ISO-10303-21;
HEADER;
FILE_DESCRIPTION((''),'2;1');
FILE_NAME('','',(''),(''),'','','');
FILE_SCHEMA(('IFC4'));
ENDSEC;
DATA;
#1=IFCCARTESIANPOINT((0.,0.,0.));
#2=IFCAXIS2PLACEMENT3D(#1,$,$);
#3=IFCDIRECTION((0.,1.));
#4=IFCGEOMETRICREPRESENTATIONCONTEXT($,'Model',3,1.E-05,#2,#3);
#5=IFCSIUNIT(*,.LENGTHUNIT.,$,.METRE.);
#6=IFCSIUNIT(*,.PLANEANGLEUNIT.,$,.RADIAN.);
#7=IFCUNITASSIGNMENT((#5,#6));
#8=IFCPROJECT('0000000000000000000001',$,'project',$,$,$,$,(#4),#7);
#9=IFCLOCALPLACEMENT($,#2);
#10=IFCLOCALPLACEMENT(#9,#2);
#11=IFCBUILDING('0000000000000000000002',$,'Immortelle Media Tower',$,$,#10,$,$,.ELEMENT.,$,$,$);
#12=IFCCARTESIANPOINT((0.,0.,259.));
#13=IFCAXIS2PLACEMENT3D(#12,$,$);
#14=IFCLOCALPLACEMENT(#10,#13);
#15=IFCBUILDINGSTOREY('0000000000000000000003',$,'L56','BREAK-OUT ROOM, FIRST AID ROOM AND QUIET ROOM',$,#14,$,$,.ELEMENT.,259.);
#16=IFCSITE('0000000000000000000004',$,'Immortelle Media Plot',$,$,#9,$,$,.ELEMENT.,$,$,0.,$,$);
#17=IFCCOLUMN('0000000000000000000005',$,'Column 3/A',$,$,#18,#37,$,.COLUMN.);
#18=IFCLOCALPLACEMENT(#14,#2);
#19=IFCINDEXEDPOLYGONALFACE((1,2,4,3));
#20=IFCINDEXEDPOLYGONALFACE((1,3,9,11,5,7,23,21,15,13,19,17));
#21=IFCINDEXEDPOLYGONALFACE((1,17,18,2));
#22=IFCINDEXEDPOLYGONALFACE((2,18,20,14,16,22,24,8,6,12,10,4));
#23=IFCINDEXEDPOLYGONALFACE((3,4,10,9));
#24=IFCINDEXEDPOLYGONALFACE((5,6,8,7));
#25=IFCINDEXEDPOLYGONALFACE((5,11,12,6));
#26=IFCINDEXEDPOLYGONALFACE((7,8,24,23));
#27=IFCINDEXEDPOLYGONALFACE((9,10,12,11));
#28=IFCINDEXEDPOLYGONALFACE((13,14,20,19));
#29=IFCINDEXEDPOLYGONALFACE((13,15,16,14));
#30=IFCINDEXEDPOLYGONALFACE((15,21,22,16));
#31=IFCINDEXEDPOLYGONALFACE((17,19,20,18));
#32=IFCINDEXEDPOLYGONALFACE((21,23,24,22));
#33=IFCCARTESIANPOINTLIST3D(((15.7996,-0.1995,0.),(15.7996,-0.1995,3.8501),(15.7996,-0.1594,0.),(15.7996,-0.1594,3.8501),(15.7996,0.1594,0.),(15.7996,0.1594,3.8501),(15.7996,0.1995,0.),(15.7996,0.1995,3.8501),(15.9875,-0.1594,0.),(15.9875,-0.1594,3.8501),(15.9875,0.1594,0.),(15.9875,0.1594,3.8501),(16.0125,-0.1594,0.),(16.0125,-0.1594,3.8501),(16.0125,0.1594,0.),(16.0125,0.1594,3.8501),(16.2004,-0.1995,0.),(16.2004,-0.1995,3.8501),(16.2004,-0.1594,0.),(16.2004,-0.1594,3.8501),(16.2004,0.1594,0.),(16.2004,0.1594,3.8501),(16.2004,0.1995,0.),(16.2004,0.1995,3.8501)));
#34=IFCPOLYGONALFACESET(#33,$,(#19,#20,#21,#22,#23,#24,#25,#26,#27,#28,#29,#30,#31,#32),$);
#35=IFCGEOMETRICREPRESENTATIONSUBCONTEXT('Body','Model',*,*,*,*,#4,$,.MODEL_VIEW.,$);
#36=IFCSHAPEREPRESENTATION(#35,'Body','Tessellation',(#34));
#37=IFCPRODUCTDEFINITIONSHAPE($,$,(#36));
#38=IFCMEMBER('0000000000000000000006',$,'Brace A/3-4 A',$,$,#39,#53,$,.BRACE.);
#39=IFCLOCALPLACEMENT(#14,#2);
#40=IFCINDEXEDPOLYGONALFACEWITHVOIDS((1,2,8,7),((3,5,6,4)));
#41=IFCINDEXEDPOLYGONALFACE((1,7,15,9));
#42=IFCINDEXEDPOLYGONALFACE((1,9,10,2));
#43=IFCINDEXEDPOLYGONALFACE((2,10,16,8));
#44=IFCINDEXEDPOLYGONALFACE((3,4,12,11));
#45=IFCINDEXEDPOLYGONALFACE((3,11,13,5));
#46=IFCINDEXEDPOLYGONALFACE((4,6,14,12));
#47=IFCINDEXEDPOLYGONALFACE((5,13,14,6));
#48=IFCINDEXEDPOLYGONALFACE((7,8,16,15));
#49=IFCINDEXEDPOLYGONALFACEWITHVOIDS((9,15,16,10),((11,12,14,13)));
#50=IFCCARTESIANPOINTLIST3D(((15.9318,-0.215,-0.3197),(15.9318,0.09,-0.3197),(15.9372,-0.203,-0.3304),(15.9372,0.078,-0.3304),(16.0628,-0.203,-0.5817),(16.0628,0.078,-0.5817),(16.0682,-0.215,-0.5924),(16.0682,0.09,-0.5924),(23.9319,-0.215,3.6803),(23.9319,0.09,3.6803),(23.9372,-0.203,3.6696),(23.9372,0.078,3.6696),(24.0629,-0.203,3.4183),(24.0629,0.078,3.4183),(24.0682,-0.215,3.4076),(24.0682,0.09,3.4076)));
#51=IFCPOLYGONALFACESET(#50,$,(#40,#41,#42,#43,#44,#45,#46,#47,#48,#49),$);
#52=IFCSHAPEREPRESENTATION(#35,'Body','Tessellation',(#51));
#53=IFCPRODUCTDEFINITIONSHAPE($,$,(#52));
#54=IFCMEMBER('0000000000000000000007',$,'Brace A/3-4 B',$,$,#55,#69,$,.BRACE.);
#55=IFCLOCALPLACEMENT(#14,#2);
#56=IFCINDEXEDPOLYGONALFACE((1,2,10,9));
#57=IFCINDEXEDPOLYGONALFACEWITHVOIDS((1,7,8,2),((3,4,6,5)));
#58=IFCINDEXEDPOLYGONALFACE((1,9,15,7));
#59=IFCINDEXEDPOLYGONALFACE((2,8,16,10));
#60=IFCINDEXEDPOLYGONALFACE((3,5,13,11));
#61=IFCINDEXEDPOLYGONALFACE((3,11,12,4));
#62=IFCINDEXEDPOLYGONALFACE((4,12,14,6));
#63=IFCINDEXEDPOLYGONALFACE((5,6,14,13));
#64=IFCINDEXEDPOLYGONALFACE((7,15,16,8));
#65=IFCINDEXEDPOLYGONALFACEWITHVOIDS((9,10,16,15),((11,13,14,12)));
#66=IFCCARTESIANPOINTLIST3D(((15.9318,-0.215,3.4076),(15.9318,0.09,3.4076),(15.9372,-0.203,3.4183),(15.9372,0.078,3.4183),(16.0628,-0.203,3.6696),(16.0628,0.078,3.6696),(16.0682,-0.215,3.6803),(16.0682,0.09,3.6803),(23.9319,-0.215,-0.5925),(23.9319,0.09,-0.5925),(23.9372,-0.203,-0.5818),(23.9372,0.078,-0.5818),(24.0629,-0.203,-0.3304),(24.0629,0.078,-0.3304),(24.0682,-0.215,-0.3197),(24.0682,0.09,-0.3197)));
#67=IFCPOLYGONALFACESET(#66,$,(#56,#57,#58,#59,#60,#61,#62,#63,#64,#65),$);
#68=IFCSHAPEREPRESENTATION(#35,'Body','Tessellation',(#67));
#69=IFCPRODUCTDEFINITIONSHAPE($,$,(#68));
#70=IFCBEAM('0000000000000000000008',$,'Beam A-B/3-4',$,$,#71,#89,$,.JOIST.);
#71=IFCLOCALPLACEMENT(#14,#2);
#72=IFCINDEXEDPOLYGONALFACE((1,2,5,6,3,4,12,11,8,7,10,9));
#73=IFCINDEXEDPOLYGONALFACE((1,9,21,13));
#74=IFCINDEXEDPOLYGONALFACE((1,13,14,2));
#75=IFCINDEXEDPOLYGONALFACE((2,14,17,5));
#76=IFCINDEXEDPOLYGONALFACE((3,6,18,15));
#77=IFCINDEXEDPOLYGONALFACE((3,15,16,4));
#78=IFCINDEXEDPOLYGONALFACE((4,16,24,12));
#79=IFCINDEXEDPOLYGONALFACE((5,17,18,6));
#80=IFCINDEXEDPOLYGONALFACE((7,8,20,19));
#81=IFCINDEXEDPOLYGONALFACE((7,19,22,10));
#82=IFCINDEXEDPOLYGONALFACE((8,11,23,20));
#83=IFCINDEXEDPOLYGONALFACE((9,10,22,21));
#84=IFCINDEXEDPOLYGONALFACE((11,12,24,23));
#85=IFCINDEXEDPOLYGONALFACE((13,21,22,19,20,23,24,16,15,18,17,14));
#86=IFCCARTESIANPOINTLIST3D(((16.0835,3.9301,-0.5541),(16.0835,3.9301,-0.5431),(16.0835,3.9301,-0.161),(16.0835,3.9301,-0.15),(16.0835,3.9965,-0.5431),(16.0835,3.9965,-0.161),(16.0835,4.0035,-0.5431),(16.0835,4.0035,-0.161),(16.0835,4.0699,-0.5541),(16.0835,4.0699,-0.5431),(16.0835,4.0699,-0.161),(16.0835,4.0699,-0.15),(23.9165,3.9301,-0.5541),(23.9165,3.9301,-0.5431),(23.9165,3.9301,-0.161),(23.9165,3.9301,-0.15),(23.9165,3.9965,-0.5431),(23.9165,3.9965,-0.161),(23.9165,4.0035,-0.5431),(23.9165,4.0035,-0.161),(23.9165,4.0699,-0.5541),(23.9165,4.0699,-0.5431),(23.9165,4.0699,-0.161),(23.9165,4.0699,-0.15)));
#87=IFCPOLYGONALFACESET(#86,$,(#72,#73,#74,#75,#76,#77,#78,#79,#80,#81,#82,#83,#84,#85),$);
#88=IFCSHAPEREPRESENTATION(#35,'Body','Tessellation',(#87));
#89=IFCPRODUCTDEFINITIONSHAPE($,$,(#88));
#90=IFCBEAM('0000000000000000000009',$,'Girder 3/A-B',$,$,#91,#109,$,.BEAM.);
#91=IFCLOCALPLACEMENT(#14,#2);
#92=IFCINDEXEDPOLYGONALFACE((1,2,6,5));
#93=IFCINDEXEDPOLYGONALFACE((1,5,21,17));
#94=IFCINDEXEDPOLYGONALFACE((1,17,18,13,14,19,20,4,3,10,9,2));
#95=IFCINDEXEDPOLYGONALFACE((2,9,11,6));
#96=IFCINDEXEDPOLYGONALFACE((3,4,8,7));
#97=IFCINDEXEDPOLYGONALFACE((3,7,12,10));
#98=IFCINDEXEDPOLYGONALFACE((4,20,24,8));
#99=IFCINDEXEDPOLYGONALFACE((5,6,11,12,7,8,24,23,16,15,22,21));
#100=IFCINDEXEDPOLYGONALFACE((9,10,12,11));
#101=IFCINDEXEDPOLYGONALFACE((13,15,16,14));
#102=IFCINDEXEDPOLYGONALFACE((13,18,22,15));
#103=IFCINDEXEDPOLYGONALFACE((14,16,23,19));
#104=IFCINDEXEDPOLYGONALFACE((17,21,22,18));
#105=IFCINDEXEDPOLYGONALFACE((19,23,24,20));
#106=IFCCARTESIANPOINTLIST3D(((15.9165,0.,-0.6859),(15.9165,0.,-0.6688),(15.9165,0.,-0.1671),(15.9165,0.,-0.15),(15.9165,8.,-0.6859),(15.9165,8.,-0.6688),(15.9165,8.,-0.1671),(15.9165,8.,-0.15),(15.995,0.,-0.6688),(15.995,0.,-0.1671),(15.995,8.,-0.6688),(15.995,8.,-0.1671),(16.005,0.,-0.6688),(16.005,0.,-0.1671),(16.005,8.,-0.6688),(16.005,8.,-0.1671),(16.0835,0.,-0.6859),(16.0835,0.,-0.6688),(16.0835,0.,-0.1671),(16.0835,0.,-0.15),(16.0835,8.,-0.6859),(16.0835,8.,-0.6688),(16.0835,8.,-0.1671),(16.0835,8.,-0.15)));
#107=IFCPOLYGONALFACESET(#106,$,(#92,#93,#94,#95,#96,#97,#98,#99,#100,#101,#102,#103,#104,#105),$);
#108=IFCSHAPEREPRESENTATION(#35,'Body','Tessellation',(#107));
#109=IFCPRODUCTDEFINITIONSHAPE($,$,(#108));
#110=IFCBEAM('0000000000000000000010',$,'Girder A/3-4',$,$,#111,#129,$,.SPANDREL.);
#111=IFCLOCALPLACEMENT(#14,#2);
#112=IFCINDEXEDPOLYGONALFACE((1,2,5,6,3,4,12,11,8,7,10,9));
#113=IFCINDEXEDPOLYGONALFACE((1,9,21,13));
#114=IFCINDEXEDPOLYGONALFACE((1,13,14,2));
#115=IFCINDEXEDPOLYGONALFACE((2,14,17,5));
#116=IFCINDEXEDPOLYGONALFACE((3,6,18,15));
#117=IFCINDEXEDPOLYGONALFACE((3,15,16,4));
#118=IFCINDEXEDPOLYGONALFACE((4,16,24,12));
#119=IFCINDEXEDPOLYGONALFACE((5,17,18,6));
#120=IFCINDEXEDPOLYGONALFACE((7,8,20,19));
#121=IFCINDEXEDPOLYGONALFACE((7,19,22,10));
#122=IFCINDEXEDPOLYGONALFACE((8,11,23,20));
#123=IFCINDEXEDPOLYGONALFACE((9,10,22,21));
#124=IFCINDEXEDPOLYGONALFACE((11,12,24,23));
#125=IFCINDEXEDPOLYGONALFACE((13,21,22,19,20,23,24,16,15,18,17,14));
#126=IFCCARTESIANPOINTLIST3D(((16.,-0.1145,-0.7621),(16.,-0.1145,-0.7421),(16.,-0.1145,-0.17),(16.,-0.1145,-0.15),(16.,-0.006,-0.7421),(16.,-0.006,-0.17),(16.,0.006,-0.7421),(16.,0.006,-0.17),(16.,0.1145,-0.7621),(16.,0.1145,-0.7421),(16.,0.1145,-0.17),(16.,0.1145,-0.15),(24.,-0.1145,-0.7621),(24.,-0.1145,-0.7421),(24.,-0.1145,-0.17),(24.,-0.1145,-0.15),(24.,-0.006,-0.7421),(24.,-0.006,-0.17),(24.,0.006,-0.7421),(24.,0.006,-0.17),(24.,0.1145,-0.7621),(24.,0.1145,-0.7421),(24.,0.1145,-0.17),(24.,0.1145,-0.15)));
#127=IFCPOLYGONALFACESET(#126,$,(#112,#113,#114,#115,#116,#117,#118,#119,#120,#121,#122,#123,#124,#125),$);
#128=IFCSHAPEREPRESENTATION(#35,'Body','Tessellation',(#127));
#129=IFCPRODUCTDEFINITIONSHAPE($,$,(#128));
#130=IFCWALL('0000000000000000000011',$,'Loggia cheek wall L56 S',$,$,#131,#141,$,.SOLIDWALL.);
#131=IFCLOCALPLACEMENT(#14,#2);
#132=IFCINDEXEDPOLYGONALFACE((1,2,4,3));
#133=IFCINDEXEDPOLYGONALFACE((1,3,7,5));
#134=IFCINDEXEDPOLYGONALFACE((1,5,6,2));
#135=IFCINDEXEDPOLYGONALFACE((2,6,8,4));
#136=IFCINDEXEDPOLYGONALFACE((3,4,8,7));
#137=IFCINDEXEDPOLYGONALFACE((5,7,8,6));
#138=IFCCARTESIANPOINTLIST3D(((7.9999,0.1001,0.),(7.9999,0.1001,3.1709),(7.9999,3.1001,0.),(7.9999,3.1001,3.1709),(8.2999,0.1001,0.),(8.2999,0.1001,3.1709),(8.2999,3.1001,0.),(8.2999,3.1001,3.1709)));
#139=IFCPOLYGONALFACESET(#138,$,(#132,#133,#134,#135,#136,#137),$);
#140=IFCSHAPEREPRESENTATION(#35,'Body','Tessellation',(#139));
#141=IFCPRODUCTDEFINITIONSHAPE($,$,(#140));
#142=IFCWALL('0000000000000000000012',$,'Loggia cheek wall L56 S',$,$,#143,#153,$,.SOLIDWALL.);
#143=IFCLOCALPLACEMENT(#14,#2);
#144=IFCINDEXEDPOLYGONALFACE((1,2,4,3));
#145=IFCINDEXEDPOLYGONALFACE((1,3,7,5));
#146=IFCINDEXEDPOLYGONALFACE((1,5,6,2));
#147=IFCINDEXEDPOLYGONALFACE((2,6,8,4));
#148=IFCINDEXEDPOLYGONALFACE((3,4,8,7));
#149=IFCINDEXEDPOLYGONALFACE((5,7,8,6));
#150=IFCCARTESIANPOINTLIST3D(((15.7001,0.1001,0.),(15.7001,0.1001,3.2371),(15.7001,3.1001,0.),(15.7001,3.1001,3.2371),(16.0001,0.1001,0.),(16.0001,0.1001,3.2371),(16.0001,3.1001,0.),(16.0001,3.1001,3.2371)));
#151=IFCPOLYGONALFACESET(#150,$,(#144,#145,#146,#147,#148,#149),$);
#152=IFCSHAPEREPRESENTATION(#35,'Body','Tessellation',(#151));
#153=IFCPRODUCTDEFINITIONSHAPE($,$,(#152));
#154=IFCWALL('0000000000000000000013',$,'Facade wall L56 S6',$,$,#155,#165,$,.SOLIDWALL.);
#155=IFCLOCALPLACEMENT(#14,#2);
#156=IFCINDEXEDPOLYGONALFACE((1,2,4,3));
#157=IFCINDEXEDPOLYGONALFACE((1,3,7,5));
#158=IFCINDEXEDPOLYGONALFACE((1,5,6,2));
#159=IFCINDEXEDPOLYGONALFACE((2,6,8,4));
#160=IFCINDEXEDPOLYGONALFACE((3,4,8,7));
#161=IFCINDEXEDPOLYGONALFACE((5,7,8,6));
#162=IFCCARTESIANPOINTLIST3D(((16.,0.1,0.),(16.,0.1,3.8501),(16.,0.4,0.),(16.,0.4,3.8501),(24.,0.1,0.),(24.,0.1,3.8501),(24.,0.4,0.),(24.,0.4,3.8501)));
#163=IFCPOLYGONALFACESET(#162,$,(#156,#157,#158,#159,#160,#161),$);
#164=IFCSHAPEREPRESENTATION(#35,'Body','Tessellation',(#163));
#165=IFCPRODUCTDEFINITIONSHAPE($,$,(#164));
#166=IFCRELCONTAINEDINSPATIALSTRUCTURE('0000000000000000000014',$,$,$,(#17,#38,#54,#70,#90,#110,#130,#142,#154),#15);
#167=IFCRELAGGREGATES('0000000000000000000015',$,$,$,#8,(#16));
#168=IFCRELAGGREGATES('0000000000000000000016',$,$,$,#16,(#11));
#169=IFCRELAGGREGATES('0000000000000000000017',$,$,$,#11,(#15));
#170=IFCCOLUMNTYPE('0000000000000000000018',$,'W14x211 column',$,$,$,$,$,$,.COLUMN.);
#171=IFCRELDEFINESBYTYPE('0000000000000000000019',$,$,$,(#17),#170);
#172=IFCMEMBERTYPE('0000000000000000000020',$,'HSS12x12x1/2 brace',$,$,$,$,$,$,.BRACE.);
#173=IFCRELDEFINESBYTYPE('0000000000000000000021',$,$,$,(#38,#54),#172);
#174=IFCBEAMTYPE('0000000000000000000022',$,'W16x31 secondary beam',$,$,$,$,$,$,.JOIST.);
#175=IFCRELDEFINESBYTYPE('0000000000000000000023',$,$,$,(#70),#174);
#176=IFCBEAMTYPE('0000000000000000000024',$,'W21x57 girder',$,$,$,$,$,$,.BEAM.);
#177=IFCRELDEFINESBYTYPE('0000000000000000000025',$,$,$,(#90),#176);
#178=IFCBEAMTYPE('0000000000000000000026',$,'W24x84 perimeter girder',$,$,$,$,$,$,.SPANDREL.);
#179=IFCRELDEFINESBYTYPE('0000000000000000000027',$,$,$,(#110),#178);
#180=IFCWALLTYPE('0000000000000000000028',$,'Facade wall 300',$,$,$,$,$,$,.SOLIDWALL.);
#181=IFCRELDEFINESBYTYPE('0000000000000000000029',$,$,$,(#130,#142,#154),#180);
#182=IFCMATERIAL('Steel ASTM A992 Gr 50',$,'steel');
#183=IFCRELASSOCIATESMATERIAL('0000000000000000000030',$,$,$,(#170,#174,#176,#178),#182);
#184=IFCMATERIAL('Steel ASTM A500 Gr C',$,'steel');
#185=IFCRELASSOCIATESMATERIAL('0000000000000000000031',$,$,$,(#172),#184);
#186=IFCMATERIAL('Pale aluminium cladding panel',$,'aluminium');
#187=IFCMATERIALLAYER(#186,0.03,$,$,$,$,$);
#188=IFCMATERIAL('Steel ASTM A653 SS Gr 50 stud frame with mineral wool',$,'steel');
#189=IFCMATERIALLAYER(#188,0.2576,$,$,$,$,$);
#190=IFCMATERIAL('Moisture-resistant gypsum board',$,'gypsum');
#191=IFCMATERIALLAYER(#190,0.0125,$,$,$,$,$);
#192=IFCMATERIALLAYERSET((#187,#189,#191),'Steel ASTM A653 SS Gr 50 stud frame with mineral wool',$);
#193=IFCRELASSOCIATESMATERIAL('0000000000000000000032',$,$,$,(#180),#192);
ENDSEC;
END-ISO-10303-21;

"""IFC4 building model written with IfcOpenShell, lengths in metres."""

from ifc_helpers import new_model, si_unit, direction, frame, frame_2d, origin, origin_2d, place, context, subcontext, project, spatial, rectangle, hollow_rectangle, i_section, extrude, material, layer, layer_set, material_profile, profile_set, type_object, element, save


model = new_model("IFC4")

# Units and contexts
model_context = context("Model", 3, precision=1e-05, world=origin(), true_north=direction((0.0, 1.0)))
body_context = subcontext(model_context, "Body", "Model", "MODEL_VIEW")
ifc_project = project(units=[si_unit("LENGTHUNIT", "METRE"), si_unit("PLANEANGLEUNIT", "RADIAN")], contexts=[model_context])

# Site, building, storey
site_placement = place(None, origin())
site = spatial("IfcSite", under=ifc_project, at=site_placement, Name="Immortelle Media Plot", CompositionType="ELEMENT", RefElevation=0.0)
building_placement = place(site_placement, origin())
building = spatial("IfcBuilding", under=site, at=building_placement, Name="Immortelle Media Tower", CompositionType="ELEMENT")
storey_placement = place(building_placement, frame((0.0, 0.0, 259.0)))
storey = spatial("IfcBuildingStorey", under=building, at=storey_placement, Name="L56", Description="BREAK-OUT ROOM, FIRST AID ROOM AND QUIET ROOM", CompositionType="ELEMENT", Elevation=259.0)

# Column
ifc_material_1 = material(Name="Steel ASTM A992 Gr 50", Category="steel")
ifc_material_profile_1 = material_profile(ifc_material_1, i_section(OverallWidth=0.4009, OverallDepth=0.3989, WebThickness=0.0249, FlangeThickness=0.04, at=origin_2d()), Name="W14x211")
ifc_profile_set_1 = profile_set([ifc_material_profile_1], Name="Steel ASTM A992 Gr 50")
column_type = type_object("IfcColumnType", Name="W14x211 column", PredefinedType="COLUMN", material=ifc_profile_set_1)
column_placement = place(storey_placement, frame((16.0, 0.0, 0.0), z_axis=(0.0, 0.0, 1.0), x_axis=(1.0, 0.0, 0.0)))
element("IfcColumn", 1, at=column_placement, inside=storey, type_object=column_type, Name="Column 3/A", PredefinedType="COLUMN", context=body_context, shape_type="SweptSolid", body=[
    extrude(i_section(OverallWidth=0.4009, OverallDepth=0.3989, WebThickness=0.0249, FlangeThickness=0.04, at=origin_2d()), origin(), (0.0, 0.0, 1.0), 3.8501),
])

# Members
ifc_material_2 = material(Name="Steel ASTM A500 Gr C", Category="steel")
ifc_material_profile_2 = material_profile(ifc_material_2, hollow_rectangle(XDim=0.3049, YDim=0.3049, WallThickness=0.012, at=origin_2d()), Name="HSS12x12x1/2 brace")
ifc_profile_set_2 = profile_set([ifc_material_profile_2], Name="Steel ASTM A500 Gr C")
member_type = type_object("IfcMemberType", Name="HSS12x12x1/2 brace", PredefinedType="BRACE", material=ifc_profile_set_2)
for number, where, z_axis, x_axis, name in (
    (2, (16.0, -0.0625, -0.4561), (0.894427, 0.0, 0.447214), (0.0, 1.0, 0.0), "Brace A/3-4 A"),
    (3, (16.0, -0.0625, 3.5439), (0.894427, 0.0, -0.447214), (0.0, 1.0, 0.0), "Brace A/3-4 B"),
):
    element("IfcMember", number, at=place(storey_placement, frame(where, z_axis=z_axis, x_axis=x_axis)), inside=storey, type_object=member_type, Name=name, PredefinedType="BRACE", context=body_context, shape_type="SweptSolid", body=[
        extrude(hollow_rectangle(XDim=0.3049, YDim=0.3049, WallThickness=0.012, at=origin_2d()), origin(), (0.0, 0.0, 1.0), 8.9443),
    ])

# Beams
ifc_material_profile_3 = material_profile(ifc_material_1, i_section(OverallWidth=0.1399, OverallDepth=0.4041, WebThickness=0.0071, FlangeThickness=0.011, at=origin_2d()), Name="W16x31")
ifc_profile_set_3 = profile_set([ifc_material_profile_3], Name="Steel ASTM A992 Gr 50")
beam_type_1 = type_object("IfcBeamType", Name="W16x31 secondary beam", PredefinedType="JOIST", material=ifc_profile_set_3)
beam_1_placement = place(storey_placement, frame((16.0835, 4.0, -0.3521), z_axis=(1.0, 0.0, 0.0), x_axis=(0.0, 1.0, 0.0)))
element("IfcBeam", 4, at=beam_1_placement, inside=storey, type_object=beam_type_1, Name="Beam A-B/3-4", PredefinedType="JOIST", context=body_context, shape_type="SweptSolid", body=[
    extrude(i_section(OverallWidth=0.1399, OverallDepth=0.4041, WebThickness=0.0071, FlangeThickness=0.011, at=origin_2d()), origin(), (0.0, 0.0, 1.0), 7.833),
])
ifc_material_profile_4 = material_profile(ifc_material_1, i_section(OverallWidth=0.167, OverallDepth=0.5359, WebThickness=0.01, FlangeThickness=0.0171, at=origin_2d()), Name="W21x57")
ifc_profile_set_4 = profile_set([ifc_material_profile_4], Name="Steel ASTM A992 Gr 50")
beam_type_2 = type_object("IfcBeamType", Name="W21x57 girder", PredefinedType="BEAM", material=ifc_profile_set_4)
beam_2_placement = place(storey_placement, frame((16.0, 0.0, -0.418), z_axis=(0.0, 1.0, 0.0), x_axis=(-1.0, 0.0, 0.0)))
element("IfcBeam", 5, at=beam_2_placement, inside=storey, type_object=beam_type_2, Name="Girder 3/A-B", PredefinedType="BEAM", context=body_context, shape_type="SweptSolid", body=[
    extrude(i_section(OverallWidth=0.167, OverallDepth=0.5359, WebThickness=0.01, FlangeThickness=0.0171, at=origin_2d()), origin(), (0.0, 0.0, 1.0), 8.0),
])
ifc_material_profile_5 = material_profile(ifc_material_1, i_section(OverallWidth=0.229, OverallDepth=0.6121, WebThickness=0.012, FlangeThickness=0.02, at=origin_2d()), Name="W24x84")
ifc_profile_set_5 = profile_set([ifc_material_profile_5], Name="Steel ASTM A992 Gr 50")
beam_type_3 = type_object("IfcBeamType", Name="W24x84 perimeter girder", PredefinedType="SPANDREL", material=ifc_profile_set_5)
beam_3_placement = place(storey_placement, frame((16.0, 0.0, -0.4561), z_axis=(1.0, 0.0, 0.0), x_axis=(0.0, 1.0, 0.0)))
element("IfcBeam", 6, at=beam_3_placement, inside=storey, type_object=beam_type_3, Name="Girder A/3-4", PredefinedType="SPANDREL", context=body_context, shape_type="SweptSolid", body=[
    extrude(i_section(OverallWidth=0.229, OverallDepth=0.6121, WebThickness=0.012, FlangeThickness=0.02, at=origin_2d()), origin(), (0.0, 0.0, 1.0), 8.0),
])

# Shared definitions
ifc_material_3 = material(Name="Pale aluminium cladding panel", Category="aluminium")
ifc_layer_1 = layer(ifc_material_3, 0.03)
ifc_material_4 = material(Name="Steel ASTM A653 SS Gr 50 stud frame with mineral wool", Category="steel")
ifc_layer_2 = layer(ifc_material_4, 0.2576)
ifc_material_5 = material(Name="Moisture-resistant gypsum board", Category="gypsum")
ifc_layer_3 = layer(ifc_material_5, 0.0125)
ifc_layer_set_1 = layer_set([ifc_layer_1, ifc_layer_2, ifc_layer_3], Name="Steel ASTM A653 SS Gr 50 stud frame with mineral wool")
wall_type_1 = type_object("IfcWallType", Name="Facade wall 300", PredefinedType="SOLIDWALL", material=ifc_layer_set_1)

# Walls
wall_1_placement = place(storey_placement, frame((8.1499, 0.1001, 0.0), z_axis=(0.0, 0.0, 1.0), x_axis=(0.0, 1.0, 0.0)))
element("IfcWall", 7, at=wall_1_placement, inside=storey, type_object=wall_type_1, Name="Loggia cheek wall L56 S", PredefinedType="SOLIDWALL", context=body_context, shape_type="SweptSolid", body=[
    extrude(rectangle(XDim=3.0, YDim=0.3, at=frame_2d((1.5, 0.0))), origin(), (0.0, 0.0, 1.0), 3.1709),
])
wall_2_placement = place(storey_placement, frame((15.8501, 0.1001, 0.0), z_axis=(0.0, 0.0, 1.0), x_axis=(0.0, 1.0, 0.0)))
element("IfcWall", 8, at=wall_2_placement, inside=storey, type_object=wall_type_1, Name="Loggia cheek wall L56 S", PredefinedType="SOLIDWALL", context=body_context, shape_type="SweptSolid", body=[
    extrude(rectangle(XDim=3.0, YDim=0.3, at=frame_2d((1.5, 0.0))), origin(), (0.0, 0.0, 1.0), 3.2371),
])
wall_3_placement = place(storey_placement, frame((16.0, 0.25, 0.0), z_axis=(0.0, 0.0, 1.0), x_axis=(1.0, 0.0, 0.0)))
element("IfcWall", 9, at=wall_3_placement, inside=storey, type_object=wall_type_1, Name="Facade wall L56 S6", PredefinedType="SOLIDWALL", context=body_context, shape_type="SweptSolid", body=[
    extrude(rectangle(XDim=8.0, YDim=0.3, at=frame_2d((4.0, 0.0))), origin(), (0.0, 0.0, 1.0), 3.8501),
])

save(model, "model.ifc")
